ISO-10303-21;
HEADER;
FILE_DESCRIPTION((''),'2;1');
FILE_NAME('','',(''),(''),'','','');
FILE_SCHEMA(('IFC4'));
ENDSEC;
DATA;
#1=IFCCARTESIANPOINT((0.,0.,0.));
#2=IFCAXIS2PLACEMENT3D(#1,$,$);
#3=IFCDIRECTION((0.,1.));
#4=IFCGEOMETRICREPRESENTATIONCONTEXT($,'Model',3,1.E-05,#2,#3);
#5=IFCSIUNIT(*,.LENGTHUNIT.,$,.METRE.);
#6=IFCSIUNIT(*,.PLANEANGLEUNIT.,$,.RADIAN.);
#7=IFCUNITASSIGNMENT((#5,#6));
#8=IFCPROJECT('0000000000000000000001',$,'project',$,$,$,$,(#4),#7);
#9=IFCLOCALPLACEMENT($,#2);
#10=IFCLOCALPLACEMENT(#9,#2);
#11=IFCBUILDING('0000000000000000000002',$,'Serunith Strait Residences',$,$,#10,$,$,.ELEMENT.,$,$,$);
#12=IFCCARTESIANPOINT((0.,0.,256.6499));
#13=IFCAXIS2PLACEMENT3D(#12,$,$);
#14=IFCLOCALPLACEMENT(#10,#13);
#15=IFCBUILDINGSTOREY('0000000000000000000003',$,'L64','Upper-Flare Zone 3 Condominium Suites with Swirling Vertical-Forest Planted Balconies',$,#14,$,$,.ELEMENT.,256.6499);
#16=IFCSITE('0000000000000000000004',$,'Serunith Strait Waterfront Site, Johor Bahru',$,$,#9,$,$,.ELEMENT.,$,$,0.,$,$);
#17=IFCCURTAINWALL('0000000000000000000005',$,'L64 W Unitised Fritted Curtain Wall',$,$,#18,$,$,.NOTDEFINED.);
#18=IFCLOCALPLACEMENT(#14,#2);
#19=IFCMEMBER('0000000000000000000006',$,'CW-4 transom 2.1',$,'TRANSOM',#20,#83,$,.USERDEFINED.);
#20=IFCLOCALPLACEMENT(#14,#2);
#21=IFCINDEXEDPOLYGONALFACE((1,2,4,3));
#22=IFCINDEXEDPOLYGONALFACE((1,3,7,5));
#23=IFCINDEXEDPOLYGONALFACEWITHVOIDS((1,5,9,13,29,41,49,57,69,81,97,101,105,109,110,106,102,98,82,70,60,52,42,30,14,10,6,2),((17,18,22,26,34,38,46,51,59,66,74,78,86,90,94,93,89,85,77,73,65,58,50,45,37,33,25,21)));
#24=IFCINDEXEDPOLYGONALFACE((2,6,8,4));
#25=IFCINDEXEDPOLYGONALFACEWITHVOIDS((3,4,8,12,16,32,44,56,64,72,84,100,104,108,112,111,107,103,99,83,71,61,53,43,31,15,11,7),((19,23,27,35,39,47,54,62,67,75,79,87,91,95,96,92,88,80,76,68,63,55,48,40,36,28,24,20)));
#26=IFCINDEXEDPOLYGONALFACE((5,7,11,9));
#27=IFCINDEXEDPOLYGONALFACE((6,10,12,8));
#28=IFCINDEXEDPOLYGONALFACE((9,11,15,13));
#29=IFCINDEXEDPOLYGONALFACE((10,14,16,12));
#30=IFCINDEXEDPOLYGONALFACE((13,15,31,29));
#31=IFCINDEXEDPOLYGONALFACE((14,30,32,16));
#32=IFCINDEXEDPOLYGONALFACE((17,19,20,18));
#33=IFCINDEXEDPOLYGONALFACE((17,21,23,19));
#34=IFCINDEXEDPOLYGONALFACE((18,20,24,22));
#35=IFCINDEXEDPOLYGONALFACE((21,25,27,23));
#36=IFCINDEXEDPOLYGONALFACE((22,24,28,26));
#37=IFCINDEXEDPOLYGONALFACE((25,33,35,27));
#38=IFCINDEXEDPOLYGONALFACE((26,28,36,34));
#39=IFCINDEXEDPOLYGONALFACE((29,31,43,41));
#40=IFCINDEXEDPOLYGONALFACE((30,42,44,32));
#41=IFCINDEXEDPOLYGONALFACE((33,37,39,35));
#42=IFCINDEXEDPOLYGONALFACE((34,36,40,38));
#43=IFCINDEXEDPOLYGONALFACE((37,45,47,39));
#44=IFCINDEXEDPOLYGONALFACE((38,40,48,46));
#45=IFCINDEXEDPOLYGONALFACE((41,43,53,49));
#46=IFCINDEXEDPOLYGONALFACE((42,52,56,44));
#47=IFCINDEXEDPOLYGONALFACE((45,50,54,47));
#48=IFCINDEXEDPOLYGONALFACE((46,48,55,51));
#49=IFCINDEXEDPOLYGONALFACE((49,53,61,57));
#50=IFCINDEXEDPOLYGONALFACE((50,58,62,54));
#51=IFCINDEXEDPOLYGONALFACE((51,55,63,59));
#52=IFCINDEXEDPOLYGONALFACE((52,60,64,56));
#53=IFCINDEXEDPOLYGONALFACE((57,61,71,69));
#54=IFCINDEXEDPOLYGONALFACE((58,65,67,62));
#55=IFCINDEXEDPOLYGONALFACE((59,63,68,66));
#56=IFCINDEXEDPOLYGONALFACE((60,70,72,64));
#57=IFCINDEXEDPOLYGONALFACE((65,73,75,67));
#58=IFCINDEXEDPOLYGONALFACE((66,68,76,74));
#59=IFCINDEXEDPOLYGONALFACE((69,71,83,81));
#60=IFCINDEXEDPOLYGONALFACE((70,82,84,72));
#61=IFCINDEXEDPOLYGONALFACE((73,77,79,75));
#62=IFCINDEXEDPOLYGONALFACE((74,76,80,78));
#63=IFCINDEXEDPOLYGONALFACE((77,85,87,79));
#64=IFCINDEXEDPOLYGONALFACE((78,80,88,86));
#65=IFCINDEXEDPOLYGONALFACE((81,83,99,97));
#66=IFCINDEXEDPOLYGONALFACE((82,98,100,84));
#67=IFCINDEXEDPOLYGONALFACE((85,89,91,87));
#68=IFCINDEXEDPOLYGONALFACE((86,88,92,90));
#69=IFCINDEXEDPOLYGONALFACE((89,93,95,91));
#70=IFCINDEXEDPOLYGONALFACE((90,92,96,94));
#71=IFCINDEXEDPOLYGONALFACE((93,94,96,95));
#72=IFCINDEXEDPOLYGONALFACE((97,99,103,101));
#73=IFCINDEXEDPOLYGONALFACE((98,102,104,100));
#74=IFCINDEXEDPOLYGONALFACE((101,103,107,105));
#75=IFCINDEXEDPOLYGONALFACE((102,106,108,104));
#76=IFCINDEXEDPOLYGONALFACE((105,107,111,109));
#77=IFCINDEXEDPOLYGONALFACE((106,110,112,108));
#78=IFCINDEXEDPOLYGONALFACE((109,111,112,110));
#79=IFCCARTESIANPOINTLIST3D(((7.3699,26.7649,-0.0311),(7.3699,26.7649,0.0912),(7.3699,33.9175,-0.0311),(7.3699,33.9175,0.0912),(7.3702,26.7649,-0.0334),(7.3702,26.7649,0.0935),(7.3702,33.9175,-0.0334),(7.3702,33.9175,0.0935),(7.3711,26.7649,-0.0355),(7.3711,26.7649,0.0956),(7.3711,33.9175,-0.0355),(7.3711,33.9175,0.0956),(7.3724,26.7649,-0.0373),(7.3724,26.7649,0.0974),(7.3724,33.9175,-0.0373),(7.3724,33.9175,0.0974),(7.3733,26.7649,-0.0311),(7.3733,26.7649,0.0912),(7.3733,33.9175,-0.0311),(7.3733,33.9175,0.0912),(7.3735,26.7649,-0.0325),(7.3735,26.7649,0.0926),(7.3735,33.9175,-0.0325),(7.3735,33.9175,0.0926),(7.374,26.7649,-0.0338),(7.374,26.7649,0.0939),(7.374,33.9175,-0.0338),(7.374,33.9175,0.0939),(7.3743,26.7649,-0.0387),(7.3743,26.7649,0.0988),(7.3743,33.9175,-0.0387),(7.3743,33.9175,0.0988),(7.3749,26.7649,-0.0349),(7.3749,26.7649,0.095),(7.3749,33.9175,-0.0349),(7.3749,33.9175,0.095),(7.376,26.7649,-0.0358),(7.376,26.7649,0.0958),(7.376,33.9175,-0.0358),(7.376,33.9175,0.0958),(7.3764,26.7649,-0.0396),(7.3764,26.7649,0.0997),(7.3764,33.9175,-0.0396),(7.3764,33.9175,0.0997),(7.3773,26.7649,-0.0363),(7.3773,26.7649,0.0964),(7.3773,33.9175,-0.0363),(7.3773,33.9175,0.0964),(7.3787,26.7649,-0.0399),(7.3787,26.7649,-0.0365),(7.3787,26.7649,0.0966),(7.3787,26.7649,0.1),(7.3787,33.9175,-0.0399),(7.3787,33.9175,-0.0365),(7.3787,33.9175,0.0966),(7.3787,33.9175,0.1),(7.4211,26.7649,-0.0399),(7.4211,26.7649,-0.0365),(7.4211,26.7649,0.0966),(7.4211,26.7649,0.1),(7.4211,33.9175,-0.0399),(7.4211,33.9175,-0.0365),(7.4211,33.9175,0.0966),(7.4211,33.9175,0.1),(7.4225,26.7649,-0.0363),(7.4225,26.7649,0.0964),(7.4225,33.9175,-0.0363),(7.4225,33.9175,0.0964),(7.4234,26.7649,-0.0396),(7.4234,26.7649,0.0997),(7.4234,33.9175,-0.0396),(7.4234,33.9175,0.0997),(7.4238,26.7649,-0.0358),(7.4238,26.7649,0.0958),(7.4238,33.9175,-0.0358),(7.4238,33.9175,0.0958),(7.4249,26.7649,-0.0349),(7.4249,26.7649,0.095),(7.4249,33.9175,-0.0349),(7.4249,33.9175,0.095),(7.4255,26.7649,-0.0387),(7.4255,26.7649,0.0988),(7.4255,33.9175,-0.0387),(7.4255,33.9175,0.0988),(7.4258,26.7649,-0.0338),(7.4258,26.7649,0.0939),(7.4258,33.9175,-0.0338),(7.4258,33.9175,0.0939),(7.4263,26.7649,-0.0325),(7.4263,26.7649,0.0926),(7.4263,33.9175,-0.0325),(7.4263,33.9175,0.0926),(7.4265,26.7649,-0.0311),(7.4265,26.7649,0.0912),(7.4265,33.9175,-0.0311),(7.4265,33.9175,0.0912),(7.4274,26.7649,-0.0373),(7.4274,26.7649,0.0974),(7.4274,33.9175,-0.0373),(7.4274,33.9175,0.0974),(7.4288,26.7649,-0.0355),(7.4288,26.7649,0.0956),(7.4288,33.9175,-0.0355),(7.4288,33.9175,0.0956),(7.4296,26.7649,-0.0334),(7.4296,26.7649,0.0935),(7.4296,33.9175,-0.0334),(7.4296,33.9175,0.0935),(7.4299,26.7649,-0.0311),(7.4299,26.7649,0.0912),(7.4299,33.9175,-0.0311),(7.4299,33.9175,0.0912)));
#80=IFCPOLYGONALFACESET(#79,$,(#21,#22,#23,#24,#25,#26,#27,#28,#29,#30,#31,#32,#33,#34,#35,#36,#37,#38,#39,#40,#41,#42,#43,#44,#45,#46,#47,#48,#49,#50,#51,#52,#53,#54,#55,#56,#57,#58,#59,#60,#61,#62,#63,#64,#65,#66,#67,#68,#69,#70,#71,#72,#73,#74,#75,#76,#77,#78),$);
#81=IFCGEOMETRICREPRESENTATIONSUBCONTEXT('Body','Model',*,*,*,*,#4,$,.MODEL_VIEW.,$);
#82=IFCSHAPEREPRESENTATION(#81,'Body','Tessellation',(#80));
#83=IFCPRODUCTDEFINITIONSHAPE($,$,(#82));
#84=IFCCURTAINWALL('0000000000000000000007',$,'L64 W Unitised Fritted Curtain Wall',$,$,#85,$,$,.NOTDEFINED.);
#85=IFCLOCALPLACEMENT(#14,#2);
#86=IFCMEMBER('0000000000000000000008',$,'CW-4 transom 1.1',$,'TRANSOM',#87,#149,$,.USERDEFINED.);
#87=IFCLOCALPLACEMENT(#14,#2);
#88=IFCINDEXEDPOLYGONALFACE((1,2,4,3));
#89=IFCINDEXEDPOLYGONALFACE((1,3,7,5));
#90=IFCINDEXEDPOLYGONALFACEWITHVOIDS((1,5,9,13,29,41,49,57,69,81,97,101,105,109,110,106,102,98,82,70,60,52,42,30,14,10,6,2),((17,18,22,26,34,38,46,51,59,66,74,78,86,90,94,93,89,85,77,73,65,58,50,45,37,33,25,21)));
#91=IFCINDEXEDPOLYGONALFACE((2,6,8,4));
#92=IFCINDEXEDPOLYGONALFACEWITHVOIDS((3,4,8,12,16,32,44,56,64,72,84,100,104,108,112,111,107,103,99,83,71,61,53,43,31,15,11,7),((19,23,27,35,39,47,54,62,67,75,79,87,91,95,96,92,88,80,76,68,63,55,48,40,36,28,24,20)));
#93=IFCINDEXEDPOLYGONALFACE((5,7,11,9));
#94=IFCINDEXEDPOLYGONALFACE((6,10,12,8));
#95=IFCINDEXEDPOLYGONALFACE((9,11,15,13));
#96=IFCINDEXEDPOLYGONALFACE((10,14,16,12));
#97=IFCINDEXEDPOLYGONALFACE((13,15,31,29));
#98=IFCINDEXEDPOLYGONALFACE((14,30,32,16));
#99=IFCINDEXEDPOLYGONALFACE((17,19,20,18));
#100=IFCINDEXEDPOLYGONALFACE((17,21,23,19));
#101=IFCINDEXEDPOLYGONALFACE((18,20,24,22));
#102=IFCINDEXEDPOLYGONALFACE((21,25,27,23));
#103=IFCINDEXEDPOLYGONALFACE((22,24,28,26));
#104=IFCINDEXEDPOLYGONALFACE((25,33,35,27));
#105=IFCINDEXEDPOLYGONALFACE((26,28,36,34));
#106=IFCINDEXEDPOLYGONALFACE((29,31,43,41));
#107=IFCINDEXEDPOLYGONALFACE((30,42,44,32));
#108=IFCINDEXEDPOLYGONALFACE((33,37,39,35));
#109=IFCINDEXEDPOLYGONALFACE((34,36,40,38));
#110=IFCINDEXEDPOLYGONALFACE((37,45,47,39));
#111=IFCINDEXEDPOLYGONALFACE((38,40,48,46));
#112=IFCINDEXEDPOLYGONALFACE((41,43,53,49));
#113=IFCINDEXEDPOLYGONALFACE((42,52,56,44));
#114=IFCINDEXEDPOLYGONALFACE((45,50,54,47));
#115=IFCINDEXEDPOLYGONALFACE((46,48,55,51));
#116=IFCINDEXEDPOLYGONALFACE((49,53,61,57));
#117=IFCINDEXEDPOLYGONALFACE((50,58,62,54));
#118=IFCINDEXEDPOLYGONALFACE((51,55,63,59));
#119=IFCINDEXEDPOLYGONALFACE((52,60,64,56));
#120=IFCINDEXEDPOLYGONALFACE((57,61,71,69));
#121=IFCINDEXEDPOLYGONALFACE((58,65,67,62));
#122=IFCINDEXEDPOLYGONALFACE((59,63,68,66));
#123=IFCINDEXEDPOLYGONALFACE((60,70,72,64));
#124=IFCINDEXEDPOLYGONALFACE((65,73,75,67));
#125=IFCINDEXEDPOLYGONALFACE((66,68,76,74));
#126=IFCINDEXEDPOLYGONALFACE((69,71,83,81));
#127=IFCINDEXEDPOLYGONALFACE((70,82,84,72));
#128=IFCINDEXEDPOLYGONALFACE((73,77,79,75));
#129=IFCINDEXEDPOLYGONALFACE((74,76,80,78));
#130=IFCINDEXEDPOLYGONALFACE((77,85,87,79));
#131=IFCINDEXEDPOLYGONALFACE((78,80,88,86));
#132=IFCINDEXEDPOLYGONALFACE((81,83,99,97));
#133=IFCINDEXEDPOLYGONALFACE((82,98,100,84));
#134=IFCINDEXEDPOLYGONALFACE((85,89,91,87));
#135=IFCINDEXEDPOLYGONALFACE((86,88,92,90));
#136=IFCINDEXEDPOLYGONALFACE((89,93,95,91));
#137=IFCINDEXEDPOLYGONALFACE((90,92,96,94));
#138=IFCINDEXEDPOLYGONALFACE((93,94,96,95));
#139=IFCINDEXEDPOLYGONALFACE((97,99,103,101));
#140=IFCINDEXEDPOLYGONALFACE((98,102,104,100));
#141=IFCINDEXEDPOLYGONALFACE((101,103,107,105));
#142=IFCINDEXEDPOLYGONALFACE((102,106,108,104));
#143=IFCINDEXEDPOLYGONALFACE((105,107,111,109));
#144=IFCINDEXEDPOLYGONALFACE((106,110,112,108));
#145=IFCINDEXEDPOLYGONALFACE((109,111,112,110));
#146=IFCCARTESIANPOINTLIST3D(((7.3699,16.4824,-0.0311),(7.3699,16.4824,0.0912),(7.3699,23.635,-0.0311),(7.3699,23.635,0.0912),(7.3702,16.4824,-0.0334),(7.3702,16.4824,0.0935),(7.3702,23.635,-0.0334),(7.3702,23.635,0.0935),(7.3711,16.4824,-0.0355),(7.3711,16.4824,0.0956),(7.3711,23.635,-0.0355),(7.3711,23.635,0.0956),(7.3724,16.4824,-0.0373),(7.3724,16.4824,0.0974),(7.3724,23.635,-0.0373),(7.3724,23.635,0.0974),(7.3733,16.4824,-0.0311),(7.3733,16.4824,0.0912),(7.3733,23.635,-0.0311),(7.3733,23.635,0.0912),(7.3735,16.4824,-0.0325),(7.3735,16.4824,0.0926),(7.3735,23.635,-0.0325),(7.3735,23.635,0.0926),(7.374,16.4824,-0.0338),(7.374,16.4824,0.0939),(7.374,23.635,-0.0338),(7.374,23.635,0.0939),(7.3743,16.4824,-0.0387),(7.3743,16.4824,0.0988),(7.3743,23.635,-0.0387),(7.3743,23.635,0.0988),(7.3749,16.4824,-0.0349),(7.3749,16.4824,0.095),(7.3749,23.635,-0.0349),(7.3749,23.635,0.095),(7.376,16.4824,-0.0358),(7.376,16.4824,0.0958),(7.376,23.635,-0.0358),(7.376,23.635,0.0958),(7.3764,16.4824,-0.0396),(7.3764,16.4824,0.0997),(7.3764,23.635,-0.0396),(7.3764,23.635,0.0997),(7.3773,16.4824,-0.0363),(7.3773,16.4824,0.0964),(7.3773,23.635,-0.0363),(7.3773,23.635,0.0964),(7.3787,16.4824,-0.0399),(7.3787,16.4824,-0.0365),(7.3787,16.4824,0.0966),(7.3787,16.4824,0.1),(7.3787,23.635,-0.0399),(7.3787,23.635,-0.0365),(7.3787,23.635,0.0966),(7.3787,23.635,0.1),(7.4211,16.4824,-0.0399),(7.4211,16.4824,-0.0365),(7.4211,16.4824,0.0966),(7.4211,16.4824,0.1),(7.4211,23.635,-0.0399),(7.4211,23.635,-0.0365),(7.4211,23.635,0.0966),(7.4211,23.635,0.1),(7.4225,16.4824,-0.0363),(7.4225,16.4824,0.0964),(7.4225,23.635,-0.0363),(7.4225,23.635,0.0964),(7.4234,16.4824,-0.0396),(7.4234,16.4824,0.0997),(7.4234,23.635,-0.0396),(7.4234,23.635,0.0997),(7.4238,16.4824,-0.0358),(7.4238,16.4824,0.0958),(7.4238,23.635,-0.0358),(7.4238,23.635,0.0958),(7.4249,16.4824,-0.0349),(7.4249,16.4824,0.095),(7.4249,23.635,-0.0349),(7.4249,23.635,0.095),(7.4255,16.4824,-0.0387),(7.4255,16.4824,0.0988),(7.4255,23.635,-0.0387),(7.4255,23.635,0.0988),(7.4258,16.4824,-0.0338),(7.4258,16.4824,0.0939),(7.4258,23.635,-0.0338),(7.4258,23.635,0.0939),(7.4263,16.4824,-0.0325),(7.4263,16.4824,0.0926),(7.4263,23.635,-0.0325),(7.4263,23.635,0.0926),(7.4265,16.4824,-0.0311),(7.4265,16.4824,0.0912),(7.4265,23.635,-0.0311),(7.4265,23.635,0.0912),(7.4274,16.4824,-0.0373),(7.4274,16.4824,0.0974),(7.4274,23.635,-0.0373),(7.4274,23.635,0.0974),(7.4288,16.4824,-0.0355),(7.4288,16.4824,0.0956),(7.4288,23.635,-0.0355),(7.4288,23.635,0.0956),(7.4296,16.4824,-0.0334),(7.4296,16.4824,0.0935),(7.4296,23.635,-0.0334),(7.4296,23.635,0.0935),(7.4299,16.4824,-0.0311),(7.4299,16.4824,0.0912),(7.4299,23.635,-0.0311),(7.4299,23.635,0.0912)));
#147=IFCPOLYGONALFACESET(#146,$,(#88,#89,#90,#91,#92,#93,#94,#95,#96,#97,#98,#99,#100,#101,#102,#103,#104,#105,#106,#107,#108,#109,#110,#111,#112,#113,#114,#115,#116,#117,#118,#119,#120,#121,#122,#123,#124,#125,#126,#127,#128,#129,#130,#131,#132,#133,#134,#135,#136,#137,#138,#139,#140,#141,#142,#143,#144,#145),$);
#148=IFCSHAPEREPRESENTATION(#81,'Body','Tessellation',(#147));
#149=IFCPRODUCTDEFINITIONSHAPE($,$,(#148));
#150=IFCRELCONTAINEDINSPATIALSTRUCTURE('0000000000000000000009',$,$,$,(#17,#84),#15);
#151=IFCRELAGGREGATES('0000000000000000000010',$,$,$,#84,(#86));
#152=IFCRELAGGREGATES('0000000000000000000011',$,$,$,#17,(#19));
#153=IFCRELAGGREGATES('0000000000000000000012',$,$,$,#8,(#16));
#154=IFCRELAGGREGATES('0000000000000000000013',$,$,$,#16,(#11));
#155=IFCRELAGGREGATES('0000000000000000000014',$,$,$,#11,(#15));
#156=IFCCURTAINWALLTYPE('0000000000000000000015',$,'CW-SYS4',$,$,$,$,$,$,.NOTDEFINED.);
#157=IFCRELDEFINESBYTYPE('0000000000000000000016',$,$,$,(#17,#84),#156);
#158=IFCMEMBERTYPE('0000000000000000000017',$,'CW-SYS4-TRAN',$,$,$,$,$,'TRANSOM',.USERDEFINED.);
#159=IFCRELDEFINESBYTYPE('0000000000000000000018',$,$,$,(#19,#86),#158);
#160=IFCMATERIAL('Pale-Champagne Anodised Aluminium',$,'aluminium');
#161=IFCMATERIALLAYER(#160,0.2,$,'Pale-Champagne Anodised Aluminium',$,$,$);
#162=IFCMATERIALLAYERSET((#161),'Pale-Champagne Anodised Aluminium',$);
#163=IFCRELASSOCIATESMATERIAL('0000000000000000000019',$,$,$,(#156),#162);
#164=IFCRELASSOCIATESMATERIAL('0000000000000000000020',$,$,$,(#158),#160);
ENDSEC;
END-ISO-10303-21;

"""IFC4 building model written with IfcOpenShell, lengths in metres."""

from ifc_helpers import new_model, si_unit, direction, frame, origin, origin_2d, place, context, subcontext, project, spatial, hollow_rectangle, extrude, source, transform, mapped, material, layer, layer_set, material_profile, profile_set, type_object, element, aggregate, save


model = new_model("IFC4")

# Units and contexts
model_context = context("Model", 3, precision=1e-05, world=origin(), true_north=direction((0.0, 1.0)))
body_context = subcontext(model_context, "Body", "Model", "MODEL_VIEW")
ifc_project = project(units=[si_unit("LENGTHUNIT", "METRE"), si_unit("PLANEANGLEUNIT", "RADIAN")], contexts=[model_context])

# Site, building, storey
site_placement = place(None, origin())
site = spatial("IfcSite", under=ifc_project, at=site_placement, Name="Serunith Strait Waterfront Site, Johor Bahru", CompositionType="ELEMENT", RefElevation=0.0)
building_placement = place(site_placement, origin())
building = spatial("IfcBuilding", under=site, at=building_placement, Name="Serunith Strait Residences", CompositionType="ELEMENT")
storey_placement = place(building_placement, frame((0.0, 0.0, 256.6499)))
storey = spatial("IfcBuildingStorey", under=building, at=storey_placement, Name="L64", Description="Upper-Flare Zone 3 Condominium Suites with Swirling Vertical-Forest Planted Balconies", CompositionType="ELEMENT", Elevation=256.6499)

# Curtain wall, member
ifc_material_1 = material(Name="Pale-Champagne Anodised Aluminium", Category="aluminium")
ifc_layer_1 = layer(ifc_material_1, 0.2, Name="Pale-Champagne Anodised Aluminium")
ifc_layer_set_1 = layer_set([ifc_layer_1], Name="Pale-Champagne Anodised Aluminium")
curtain_wall_type = type_object("IfcCurtainWallType", Name="CW-SYS4", PredefinedType="NOTDEFINED", material=ifc_layer_set_1)
curtain_wall_1_placement = place(storey_placement, origin())
curtain_wall_1 = element("IfcCurtainWall", 1, at=curtain_wall_1_placement, inside=storey, type_object=curtain_wall_type, Name="L64 W Unitised Fritted Curtain Wall", PredefinedType="NOTDEFINED")
ifc_material_profile_1 = material_profile(ifc_material_1, hollow_rectangle(XDim=0.0601, YDim=0.1399, WallThickness=0.0034, InnerFilletRadius=0.0054, OuterFilletRadius=0.0088, at=origin_2d()), Name="ALU 140x60x3.5")
ifc_profile_set_1 = profile_set([ifc_material_profile_1], Name="Pale-Champagne Anodised Aluminium")
member_type_1 = type_object("IfcMemberType", Name="CW-SYS4-TRAN", ElementType="TRANSOM", PredefinedType="USERDEFINED", material=ifc_profile_set_1)
shared_shape_1 = source(origin(), body_context, "Body", "SweptSolid", [
    extrude(hollow_rectangle(XDim=0.0601, YDim=0.1399, WallThickness=0.0034, InnerFilletRadius=0.0054, OuterFilletRadius=0.0088, at=origin_2d()), origin(), (0.0, 0.0, 1.0), 7.1526),
])
member_1_placement = place(storey_placement, frame((7.3999, 33.9175, 0.03), z_axis=(0.0, -1.0, 0.0), x_axis=(1.0, 0.0, 0.0)))
member_1 = element("IfcMember", 2, at=member_1_placement, type_object=member_type_1, Name="CW-4 transom 2.1", ObjectType="TRANSOM", PredefinedType="USERDEFINED", context=body_context, shape_type="MappedRepresentation", body=[
    mapped(shared_shape_1, transform((0.0, 0.0, 0.0), scale=1.0)),
])

# Curtain wall, member
curtain_wall_2_placement = place(storey_placement, origin())
curtain_wall_2 = element("IfcCurtainWall", 3, at=curtain_wall_2_placement, inside=storey, type_object=curtain_wall_type, Name="L64 W Unitised Fritted Curtain Wall", PredefinedType="NOTDEFINED")
member_2_placement = place(storey_placement, frame((7.3999, 23.635, 0.03), z_axis=(0.0, -1.0, 0.0), x_axis=(1.0, 0.0, 0.0)))
member_2 = element("IfcMember", 4, at=member_2_placement, type_object=member_type_1, Name="CW-4 transom 1.1", ObjectType="TRANSOM", PredefinedType="USERDEFINED", context=body_context, shape_type="MappedRepresentation", body=[
    mapped(shared_shape_1, transform((0.0, 0.0, 0.0), scale=1.0)),
])

aggregate(curtain_wall_2, [member_2])

aggregate(curtain_wall_1, [member_1])

save(model, "model.ifc")
